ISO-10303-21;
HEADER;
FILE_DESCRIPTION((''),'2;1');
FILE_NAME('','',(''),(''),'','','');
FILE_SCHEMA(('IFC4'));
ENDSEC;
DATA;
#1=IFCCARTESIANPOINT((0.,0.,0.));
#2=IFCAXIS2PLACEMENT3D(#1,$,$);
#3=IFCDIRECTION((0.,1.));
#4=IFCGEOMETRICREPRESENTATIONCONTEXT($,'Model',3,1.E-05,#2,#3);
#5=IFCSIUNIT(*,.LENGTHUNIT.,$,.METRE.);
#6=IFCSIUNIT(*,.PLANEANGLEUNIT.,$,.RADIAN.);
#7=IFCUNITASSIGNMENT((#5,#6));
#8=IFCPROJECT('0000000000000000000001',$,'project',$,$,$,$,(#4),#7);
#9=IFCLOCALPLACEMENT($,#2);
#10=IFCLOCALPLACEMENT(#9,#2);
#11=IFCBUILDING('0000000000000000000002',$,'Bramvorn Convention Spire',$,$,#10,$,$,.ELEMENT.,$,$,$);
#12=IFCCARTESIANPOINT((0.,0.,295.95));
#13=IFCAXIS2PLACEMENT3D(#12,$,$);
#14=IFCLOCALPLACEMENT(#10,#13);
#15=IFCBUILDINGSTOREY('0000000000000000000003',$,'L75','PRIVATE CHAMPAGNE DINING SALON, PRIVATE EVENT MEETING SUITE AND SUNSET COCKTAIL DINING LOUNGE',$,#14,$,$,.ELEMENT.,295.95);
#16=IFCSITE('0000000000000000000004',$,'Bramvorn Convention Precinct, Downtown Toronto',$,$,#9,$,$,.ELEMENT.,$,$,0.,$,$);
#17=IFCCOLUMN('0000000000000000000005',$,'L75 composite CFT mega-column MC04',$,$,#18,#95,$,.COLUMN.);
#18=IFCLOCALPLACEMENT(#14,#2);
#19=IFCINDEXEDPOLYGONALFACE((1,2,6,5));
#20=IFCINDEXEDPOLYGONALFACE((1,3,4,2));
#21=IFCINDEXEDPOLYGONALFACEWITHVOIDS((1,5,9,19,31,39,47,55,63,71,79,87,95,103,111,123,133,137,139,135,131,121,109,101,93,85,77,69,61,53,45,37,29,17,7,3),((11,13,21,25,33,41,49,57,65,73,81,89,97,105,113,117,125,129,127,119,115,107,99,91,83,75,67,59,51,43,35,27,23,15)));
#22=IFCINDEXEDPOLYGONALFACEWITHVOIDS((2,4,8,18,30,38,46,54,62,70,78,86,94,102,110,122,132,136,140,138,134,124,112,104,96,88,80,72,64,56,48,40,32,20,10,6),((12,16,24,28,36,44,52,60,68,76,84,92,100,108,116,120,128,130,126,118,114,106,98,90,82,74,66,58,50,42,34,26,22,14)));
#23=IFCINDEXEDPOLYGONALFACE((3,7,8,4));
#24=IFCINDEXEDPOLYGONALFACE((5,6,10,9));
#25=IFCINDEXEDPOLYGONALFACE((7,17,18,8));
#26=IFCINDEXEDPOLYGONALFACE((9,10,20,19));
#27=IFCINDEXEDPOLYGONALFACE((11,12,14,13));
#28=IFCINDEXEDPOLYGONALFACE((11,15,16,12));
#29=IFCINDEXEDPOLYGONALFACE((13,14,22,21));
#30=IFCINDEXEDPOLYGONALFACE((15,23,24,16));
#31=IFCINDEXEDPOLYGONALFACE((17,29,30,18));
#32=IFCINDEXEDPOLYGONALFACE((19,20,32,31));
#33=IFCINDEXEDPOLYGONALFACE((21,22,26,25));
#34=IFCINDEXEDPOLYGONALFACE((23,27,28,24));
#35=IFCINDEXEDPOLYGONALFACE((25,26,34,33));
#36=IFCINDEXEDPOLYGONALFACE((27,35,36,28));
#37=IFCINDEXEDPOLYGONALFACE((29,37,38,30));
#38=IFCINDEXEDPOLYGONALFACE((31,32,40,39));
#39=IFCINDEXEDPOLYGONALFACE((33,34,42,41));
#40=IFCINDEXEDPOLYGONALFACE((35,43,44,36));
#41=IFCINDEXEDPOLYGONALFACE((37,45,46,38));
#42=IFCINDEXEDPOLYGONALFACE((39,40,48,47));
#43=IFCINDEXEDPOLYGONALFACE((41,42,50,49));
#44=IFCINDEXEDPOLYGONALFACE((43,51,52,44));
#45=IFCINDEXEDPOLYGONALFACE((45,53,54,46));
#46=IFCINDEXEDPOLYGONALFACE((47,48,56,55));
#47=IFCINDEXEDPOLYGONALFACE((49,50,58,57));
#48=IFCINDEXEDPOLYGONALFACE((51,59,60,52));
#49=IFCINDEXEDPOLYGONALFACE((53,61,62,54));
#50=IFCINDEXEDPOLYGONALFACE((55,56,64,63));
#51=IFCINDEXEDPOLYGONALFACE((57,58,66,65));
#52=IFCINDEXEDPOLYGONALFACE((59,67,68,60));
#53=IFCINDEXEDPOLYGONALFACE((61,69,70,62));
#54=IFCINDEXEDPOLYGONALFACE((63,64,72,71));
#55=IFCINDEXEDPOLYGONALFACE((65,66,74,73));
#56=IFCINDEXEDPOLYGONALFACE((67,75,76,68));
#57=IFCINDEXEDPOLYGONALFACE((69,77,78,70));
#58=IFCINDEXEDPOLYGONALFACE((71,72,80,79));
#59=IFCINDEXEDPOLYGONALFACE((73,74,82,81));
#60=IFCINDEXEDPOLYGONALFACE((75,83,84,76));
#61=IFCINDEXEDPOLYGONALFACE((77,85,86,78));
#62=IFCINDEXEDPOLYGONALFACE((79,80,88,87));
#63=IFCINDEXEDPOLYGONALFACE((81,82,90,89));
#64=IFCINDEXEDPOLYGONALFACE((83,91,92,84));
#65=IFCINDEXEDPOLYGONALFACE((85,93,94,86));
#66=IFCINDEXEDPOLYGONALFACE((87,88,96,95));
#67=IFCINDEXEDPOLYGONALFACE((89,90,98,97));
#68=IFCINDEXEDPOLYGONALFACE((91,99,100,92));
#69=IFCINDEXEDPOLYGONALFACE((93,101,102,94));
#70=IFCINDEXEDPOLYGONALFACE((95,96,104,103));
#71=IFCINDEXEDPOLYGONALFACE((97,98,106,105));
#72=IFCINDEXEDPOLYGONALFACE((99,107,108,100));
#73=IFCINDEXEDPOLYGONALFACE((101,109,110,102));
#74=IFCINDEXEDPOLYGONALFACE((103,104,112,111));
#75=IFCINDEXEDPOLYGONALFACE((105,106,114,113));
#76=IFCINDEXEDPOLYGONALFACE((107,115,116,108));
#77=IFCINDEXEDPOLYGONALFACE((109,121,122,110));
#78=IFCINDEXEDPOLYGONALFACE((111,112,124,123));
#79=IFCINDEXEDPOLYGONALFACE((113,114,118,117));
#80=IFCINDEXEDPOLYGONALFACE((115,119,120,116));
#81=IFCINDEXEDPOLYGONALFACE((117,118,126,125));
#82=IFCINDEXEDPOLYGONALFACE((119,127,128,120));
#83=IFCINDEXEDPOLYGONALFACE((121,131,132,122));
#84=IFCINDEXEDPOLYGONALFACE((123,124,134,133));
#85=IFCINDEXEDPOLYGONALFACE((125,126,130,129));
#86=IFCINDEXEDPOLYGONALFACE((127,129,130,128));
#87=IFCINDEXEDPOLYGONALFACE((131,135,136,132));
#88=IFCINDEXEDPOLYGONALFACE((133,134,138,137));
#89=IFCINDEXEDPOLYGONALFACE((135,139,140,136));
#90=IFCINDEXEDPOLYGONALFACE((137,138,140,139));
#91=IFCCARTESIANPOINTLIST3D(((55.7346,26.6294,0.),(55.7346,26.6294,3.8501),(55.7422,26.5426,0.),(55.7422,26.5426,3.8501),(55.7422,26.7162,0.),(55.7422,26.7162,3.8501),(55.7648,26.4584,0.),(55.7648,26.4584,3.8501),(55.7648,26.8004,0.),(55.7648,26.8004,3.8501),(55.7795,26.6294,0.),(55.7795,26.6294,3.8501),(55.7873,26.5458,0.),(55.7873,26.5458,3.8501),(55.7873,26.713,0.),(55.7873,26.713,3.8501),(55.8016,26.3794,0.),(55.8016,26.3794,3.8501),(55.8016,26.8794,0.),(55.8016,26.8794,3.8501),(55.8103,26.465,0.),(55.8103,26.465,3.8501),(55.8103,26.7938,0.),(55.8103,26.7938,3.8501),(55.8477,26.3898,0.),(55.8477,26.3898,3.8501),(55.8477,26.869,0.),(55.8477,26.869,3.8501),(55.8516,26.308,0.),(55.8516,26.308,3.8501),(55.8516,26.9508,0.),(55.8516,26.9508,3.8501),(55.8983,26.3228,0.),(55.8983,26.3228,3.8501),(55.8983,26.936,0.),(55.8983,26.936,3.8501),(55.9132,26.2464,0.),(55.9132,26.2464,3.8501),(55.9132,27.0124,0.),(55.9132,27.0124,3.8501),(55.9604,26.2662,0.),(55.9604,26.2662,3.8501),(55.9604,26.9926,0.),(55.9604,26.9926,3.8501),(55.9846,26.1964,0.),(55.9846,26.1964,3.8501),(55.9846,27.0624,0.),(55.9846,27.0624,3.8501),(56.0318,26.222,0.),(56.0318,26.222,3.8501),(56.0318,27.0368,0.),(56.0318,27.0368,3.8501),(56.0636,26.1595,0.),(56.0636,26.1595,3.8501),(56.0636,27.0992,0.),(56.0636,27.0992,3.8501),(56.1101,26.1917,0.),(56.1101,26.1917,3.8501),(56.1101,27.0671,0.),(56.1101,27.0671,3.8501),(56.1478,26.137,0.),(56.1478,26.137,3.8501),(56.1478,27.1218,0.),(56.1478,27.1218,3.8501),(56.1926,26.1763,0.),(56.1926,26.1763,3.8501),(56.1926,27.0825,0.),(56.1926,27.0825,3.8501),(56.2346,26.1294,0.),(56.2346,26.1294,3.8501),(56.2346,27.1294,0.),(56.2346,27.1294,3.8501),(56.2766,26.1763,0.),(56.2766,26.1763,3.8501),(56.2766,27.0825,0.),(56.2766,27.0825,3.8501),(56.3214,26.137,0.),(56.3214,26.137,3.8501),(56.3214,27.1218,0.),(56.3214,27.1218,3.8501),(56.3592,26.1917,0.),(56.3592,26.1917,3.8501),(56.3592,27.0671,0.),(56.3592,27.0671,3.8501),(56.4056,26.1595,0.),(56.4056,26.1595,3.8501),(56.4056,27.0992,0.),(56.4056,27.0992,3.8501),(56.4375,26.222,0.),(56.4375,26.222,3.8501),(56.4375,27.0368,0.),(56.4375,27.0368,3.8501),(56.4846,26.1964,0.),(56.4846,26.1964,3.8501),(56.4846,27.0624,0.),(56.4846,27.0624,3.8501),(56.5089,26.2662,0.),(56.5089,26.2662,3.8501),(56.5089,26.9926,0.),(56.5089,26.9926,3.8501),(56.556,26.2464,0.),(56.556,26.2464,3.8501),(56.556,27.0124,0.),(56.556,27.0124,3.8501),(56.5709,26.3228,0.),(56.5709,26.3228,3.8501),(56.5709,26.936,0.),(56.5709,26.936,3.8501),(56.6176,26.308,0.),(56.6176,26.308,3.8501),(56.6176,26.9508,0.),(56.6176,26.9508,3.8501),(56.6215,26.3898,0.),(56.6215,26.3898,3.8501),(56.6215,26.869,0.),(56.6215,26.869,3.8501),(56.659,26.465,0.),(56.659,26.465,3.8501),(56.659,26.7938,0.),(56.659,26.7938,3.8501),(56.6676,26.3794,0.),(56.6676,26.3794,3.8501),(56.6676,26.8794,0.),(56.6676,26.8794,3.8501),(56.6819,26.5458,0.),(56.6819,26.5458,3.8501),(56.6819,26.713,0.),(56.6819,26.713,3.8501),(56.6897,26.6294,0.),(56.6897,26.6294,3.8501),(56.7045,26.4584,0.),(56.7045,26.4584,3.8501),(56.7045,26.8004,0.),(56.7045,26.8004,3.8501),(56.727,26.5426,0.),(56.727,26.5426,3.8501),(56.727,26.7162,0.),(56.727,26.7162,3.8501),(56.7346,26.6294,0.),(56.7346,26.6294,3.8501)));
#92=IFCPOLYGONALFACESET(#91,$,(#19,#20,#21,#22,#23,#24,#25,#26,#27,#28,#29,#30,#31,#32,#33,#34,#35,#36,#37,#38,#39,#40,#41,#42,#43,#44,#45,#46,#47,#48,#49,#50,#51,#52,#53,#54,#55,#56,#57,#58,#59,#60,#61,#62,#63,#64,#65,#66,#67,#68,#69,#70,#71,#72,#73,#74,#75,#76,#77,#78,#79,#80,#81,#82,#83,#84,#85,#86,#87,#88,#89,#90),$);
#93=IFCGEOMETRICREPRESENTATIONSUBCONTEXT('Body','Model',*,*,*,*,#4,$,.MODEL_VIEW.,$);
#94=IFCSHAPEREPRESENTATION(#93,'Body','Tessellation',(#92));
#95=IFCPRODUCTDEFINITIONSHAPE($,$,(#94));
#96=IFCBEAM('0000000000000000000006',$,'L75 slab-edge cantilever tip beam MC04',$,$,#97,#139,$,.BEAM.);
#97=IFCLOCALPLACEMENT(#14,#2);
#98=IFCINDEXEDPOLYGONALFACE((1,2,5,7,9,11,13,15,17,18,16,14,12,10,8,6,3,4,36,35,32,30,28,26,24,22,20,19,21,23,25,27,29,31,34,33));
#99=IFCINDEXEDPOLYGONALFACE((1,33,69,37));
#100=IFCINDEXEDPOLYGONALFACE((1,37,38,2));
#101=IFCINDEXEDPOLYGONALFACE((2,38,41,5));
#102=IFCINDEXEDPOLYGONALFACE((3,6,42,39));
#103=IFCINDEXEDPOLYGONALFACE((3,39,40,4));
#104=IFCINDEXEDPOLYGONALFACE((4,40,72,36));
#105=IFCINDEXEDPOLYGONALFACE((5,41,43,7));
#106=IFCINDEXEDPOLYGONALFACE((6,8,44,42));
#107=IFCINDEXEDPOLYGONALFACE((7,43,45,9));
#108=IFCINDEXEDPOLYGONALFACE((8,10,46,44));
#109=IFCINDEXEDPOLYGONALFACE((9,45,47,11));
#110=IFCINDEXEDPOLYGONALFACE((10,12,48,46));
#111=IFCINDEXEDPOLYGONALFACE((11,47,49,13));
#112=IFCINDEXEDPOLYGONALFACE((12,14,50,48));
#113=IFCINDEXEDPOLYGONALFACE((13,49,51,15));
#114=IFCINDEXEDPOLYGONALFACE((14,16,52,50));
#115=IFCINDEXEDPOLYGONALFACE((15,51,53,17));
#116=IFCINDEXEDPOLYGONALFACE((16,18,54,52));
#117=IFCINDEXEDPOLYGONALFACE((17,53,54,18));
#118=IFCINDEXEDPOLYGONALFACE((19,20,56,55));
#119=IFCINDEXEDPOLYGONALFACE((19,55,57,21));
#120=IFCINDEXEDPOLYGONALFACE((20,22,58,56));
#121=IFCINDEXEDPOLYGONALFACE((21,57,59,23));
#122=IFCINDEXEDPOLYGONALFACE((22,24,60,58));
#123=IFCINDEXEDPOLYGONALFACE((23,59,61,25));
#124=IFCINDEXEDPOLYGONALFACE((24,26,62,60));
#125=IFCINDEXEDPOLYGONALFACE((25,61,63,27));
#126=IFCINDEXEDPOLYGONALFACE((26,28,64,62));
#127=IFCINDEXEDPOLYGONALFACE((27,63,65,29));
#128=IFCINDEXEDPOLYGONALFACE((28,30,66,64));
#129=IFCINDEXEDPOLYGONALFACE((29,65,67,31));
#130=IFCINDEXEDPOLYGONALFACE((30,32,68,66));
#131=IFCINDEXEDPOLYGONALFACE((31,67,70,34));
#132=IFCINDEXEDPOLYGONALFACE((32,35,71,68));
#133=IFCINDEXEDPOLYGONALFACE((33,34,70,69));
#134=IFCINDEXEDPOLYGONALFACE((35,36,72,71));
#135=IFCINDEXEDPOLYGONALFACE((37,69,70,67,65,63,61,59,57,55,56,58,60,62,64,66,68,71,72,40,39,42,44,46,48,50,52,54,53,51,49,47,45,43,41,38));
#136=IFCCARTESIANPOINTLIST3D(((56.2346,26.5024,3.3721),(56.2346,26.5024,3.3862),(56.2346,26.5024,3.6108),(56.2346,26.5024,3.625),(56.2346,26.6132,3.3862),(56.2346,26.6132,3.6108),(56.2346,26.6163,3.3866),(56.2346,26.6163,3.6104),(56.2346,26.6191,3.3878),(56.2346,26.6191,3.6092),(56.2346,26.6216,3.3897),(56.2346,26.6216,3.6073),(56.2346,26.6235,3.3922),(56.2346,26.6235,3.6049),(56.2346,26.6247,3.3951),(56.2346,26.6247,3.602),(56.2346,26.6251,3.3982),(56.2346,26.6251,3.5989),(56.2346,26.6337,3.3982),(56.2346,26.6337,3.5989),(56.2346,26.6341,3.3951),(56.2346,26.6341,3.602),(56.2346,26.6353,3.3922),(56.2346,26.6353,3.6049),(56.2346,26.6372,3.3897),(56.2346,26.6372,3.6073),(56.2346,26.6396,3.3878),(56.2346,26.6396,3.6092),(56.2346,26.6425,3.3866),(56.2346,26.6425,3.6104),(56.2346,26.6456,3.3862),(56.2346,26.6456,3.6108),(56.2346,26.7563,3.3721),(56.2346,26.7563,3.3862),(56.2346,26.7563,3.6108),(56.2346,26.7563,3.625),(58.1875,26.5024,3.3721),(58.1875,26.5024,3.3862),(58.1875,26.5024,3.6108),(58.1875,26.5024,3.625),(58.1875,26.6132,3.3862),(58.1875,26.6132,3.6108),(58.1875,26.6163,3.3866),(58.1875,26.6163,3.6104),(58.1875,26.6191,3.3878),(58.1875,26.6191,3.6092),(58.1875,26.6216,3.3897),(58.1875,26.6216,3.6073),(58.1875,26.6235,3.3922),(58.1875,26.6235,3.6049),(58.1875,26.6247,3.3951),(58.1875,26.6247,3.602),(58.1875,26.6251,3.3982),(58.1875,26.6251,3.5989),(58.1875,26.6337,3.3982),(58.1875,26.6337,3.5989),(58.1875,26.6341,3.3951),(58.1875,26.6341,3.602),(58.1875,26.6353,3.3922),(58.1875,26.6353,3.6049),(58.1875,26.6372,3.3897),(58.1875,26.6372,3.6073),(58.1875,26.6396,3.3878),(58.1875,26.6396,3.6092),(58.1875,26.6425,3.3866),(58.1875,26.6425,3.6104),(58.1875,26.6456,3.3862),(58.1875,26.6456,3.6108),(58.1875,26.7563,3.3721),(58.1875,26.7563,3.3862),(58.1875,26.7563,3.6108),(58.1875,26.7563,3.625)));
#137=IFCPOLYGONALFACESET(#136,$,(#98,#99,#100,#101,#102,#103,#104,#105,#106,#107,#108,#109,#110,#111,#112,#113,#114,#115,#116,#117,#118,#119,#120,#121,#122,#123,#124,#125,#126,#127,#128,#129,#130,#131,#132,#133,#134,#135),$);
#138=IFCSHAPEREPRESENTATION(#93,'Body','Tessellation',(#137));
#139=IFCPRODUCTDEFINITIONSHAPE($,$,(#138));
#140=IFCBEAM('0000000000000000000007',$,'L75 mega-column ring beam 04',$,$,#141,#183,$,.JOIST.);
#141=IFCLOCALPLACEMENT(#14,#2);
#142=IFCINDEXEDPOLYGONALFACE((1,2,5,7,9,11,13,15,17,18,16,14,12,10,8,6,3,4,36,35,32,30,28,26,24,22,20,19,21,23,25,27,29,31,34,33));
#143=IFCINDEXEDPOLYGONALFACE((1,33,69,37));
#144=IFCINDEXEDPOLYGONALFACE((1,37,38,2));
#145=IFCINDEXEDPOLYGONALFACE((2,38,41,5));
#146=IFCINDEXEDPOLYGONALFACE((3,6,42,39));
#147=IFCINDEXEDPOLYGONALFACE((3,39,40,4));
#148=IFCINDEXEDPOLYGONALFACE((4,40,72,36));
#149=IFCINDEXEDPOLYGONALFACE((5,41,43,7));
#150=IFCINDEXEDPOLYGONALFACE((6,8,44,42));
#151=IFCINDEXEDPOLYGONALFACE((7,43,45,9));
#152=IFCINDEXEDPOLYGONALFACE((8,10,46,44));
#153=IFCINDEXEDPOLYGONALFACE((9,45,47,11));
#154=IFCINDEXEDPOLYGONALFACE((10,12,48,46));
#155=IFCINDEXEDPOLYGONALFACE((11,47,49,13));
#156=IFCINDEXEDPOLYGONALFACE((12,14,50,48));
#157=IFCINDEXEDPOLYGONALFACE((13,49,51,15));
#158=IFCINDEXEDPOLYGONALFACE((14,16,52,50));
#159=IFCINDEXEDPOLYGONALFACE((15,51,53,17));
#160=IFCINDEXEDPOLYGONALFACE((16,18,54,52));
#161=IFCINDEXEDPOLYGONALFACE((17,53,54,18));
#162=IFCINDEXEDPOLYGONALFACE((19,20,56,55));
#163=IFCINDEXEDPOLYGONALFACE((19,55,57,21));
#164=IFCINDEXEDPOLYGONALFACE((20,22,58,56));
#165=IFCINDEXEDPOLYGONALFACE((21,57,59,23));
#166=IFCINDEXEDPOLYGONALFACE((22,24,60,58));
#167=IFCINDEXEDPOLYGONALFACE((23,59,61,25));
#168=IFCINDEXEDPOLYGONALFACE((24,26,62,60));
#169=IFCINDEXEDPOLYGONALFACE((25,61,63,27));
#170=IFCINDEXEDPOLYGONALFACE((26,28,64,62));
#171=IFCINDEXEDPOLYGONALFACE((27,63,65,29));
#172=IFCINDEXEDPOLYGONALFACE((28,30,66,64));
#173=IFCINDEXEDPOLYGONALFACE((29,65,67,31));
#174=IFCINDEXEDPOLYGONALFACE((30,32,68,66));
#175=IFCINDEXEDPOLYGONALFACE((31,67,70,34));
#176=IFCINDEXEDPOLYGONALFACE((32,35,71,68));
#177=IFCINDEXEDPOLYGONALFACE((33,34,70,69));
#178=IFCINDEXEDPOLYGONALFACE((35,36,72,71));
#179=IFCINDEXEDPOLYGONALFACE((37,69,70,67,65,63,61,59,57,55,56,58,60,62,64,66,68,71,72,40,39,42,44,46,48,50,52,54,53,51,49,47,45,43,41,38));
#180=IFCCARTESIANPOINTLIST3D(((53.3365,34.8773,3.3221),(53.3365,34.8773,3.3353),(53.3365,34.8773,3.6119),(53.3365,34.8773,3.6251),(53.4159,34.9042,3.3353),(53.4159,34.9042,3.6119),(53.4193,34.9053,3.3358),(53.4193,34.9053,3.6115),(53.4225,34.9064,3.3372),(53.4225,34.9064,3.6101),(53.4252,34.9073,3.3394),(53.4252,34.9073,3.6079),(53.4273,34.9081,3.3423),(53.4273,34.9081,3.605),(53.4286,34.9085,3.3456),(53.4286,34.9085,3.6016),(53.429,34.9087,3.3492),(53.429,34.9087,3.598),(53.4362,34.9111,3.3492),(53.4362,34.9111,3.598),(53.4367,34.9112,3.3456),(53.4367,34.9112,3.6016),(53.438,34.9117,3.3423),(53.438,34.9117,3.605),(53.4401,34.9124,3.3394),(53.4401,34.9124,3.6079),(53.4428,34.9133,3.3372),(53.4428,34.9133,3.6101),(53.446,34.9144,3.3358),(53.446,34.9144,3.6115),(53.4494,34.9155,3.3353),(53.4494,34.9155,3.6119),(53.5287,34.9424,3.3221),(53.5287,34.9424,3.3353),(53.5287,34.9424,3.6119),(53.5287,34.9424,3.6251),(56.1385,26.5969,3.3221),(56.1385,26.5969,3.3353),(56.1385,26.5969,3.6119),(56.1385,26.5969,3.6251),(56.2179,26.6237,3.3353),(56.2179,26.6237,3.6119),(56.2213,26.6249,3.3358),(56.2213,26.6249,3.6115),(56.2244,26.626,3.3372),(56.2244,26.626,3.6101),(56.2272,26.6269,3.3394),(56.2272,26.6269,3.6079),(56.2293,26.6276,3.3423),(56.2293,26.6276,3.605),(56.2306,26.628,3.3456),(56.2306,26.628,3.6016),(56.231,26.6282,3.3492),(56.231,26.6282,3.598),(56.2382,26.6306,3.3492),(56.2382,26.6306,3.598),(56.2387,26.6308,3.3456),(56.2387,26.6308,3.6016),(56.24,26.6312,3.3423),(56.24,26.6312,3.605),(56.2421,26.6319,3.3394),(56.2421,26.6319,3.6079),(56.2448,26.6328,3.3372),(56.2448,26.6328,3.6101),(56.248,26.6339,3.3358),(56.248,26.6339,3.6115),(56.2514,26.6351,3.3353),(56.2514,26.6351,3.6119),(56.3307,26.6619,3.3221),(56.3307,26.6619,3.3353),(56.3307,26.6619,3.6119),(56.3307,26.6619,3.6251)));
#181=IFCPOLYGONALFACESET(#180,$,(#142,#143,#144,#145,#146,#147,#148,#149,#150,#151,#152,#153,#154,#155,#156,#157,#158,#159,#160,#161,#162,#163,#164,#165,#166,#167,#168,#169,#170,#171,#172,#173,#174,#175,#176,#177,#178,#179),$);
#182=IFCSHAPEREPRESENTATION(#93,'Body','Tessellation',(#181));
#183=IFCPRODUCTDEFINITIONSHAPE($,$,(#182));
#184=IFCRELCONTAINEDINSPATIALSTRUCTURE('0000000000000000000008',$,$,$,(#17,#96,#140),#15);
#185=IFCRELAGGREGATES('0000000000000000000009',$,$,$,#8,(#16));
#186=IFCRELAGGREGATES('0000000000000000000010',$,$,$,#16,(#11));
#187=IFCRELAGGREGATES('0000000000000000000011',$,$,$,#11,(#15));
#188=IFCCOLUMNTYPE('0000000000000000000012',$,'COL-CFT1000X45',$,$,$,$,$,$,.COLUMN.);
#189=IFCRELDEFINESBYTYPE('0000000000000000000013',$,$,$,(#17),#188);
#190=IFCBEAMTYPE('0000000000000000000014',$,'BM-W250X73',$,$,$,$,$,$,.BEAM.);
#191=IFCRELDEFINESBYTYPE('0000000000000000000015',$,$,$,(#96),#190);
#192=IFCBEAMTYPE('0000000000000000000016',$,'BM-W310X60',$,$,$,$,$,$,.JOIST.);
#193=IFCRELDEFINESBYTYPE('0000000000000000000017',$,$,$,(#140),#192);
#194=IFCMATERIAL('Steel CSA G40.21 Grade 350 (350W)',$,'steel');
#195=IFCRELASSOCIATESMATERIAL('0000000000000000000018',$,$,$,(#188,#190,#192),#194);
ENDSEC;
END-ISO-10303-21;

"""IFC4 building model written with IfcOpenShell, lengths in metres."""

from ifc_helpers import new_model, si_unit, direction, frame, origin, origin_2d, place, context, subcontext, project, spatial, hollow_circle, i_section, extrude, material, material_profile, profile_set, type_object, element, save


model = new_model("IFC4")

# Units and contexts
model_context = context("Model", 3, precision=1e-05, world=origin(), true_north=direction((0.0, 1.0)))
body_context = subcontext(model_context, "Body", "Model", "MODEL_VIEW")
ifc_project = project(units=[si_unit("LENGTHUNIT", "METRE"), si_unit("PLANEANGLEUNIT", "RADIAN")], contexts=[model_context])

# Site, building, storey
site_placement = place(None, origin())
site = spatial("IfcSite", under=ifc_project, at=site_placement, Name="Bramvorn Convention Precinct, Downtown Toronto", CompositionType="ELEMENT", RefElevation=0.0)
building_placement = place(site_placement, origin())
building = spatial("IfcBuilding", under=site, at=building_placement, Name="Bramvorn Convention Spire", CompositionType="ELEMENT")
storey_placement = place(building_placement, frame((0.0, 0.0, 295.95)))
storey = spatial("IfcBuildingStorey", under=building, at=storey_placement, Name="L75", Description="PRIVATE CHAMPAGNE DINING SALON, PRIVATE EVENT MEETING SUITE AND SUNSET COCKTAIL DINING LOUNGE", CompositionType="ELEMENT", Elevation=295.95)

# Column
ifc_material_1 = material(Name="Steel CSA G40.21 Grade 350 (350W)", Category="steel")
ifc_material_profile_1 = material_profile(ifc_material_1, hollow_circle(Radius=0.5, WallThickness=0.0449, at=origin_2d()))
ifc_profile_set_1 = profile_set([ifc_material_profile_1], Name="Steel CSA G40.21 Grade 350 (350W) - CFT1000X45")
column_type = type_object("IfcColumnType", Name="COL-CFT1000X45", PredefinedType="COLUMN", material=ifc_profile_set_1)
column_placement = place(storey_placement, frame((56.2346, 26.6294, 0.0), z_axis=(0.0, 0.0, 1.0), x_axis=(1.0, 0.0, 0.0)))
element("IfcColumn", 1, at=column_placement, inside=storey, type_object=column_type, Name="L75 composite CFT mega-column MC04", PredefinedType="COLUMN", context=body_context, shape_type="SweptSolid", body=[
    extrude(hollow_circle(Radius=0.5, WallThickness=0.0449, at=origin_2d()), origin(), (0.0, 0.0, 1.0), 3.8501),
])

# Beams
ifc_material_profile_2 = material_profile(ifc_material_1, i_section(OverallWidth=0.2539, OverallDepth=0.2529, WebThickness=0.0085, FlangeThickness=0.0142, FilletRadius=0.012, at=origin_2d()))
ifc_profile_set_2 = profile_set([ifc_material_profile_2], Name="Steel CSA G40.21 Grade 350 (350W) - W250X73")
beam_type_1 = type_object("IfcBeamType", Name="BM-W250X73", PredefinedType="BEAM", material=ifc_profile_set_2)
beam_1_placement = place(storey_placement, frame((56.2346, 26.6294, 3.4985), z_axis=(1.0, 0.0, 0.0), x_axis=(0.0, 1.0, 0.0)))
element("IfcBeam", 2, at=beam_1_placement, inside=storey, type_object=beam_type_1, Name="L75 slab-edge cantilever tip beam MC04", PredefinedType="BEAM", context=body_context, shape_type="SweptSolid", body=[
    extrude(i_section(OverallWidth=0.2539, OverallDepth=0.2529, WebThickness=0.0085, FlangeThickness=0.0142, FilletRadius=0.012, at=origin_2d()), origin(), (0.0, 0.0, 1.0), 1.9529),
])
ifc_material_profile_3 = material_profile(ifc_material_1, i_section(OverallWidth=0.2029, OverallDepth=0.303, WebThickness=0.0076, FlangeThickness=0.0132, FilletRadius=0.0139, at=origin_2d()))
ifc_profile_set_3 = profile_set([ifc_material_profile_3], Name="Steel CSA G40.21 Grade 350 (350W) - W310X60")
beam_type_2 = type_object("IfcBeamType", Name="BM-W310X60", PredefinedType="JOIST", material=ifc_profile_set_3)
beam_2_placement = place(storey_placement, frame((56.2346, 26.6294, 3.4736), z_axis=(-0.320531, 0.947238, 0.0), x_axis=(-0.947238, -0.320531, 0.0)))
element("IfcBeam", 3, at=beam_2_placement, inside=storey, type_object=beam_type_2, Name="L75 mega-column ring beam 04", PredefinedType="JOIST", context=body_context, shape_type="SweptSolid", body=[
    extrude(i_section(OverallWidth=0.2029, OverallDepth=0.303, WebThickness=0.0076, FlangeThickness=0.0132, FilletRadius=0.0139, at=origin_2d()), origin(), (0.0, 0.0, 1.0), 8.7417),
])

save(model, "model.ifc")
